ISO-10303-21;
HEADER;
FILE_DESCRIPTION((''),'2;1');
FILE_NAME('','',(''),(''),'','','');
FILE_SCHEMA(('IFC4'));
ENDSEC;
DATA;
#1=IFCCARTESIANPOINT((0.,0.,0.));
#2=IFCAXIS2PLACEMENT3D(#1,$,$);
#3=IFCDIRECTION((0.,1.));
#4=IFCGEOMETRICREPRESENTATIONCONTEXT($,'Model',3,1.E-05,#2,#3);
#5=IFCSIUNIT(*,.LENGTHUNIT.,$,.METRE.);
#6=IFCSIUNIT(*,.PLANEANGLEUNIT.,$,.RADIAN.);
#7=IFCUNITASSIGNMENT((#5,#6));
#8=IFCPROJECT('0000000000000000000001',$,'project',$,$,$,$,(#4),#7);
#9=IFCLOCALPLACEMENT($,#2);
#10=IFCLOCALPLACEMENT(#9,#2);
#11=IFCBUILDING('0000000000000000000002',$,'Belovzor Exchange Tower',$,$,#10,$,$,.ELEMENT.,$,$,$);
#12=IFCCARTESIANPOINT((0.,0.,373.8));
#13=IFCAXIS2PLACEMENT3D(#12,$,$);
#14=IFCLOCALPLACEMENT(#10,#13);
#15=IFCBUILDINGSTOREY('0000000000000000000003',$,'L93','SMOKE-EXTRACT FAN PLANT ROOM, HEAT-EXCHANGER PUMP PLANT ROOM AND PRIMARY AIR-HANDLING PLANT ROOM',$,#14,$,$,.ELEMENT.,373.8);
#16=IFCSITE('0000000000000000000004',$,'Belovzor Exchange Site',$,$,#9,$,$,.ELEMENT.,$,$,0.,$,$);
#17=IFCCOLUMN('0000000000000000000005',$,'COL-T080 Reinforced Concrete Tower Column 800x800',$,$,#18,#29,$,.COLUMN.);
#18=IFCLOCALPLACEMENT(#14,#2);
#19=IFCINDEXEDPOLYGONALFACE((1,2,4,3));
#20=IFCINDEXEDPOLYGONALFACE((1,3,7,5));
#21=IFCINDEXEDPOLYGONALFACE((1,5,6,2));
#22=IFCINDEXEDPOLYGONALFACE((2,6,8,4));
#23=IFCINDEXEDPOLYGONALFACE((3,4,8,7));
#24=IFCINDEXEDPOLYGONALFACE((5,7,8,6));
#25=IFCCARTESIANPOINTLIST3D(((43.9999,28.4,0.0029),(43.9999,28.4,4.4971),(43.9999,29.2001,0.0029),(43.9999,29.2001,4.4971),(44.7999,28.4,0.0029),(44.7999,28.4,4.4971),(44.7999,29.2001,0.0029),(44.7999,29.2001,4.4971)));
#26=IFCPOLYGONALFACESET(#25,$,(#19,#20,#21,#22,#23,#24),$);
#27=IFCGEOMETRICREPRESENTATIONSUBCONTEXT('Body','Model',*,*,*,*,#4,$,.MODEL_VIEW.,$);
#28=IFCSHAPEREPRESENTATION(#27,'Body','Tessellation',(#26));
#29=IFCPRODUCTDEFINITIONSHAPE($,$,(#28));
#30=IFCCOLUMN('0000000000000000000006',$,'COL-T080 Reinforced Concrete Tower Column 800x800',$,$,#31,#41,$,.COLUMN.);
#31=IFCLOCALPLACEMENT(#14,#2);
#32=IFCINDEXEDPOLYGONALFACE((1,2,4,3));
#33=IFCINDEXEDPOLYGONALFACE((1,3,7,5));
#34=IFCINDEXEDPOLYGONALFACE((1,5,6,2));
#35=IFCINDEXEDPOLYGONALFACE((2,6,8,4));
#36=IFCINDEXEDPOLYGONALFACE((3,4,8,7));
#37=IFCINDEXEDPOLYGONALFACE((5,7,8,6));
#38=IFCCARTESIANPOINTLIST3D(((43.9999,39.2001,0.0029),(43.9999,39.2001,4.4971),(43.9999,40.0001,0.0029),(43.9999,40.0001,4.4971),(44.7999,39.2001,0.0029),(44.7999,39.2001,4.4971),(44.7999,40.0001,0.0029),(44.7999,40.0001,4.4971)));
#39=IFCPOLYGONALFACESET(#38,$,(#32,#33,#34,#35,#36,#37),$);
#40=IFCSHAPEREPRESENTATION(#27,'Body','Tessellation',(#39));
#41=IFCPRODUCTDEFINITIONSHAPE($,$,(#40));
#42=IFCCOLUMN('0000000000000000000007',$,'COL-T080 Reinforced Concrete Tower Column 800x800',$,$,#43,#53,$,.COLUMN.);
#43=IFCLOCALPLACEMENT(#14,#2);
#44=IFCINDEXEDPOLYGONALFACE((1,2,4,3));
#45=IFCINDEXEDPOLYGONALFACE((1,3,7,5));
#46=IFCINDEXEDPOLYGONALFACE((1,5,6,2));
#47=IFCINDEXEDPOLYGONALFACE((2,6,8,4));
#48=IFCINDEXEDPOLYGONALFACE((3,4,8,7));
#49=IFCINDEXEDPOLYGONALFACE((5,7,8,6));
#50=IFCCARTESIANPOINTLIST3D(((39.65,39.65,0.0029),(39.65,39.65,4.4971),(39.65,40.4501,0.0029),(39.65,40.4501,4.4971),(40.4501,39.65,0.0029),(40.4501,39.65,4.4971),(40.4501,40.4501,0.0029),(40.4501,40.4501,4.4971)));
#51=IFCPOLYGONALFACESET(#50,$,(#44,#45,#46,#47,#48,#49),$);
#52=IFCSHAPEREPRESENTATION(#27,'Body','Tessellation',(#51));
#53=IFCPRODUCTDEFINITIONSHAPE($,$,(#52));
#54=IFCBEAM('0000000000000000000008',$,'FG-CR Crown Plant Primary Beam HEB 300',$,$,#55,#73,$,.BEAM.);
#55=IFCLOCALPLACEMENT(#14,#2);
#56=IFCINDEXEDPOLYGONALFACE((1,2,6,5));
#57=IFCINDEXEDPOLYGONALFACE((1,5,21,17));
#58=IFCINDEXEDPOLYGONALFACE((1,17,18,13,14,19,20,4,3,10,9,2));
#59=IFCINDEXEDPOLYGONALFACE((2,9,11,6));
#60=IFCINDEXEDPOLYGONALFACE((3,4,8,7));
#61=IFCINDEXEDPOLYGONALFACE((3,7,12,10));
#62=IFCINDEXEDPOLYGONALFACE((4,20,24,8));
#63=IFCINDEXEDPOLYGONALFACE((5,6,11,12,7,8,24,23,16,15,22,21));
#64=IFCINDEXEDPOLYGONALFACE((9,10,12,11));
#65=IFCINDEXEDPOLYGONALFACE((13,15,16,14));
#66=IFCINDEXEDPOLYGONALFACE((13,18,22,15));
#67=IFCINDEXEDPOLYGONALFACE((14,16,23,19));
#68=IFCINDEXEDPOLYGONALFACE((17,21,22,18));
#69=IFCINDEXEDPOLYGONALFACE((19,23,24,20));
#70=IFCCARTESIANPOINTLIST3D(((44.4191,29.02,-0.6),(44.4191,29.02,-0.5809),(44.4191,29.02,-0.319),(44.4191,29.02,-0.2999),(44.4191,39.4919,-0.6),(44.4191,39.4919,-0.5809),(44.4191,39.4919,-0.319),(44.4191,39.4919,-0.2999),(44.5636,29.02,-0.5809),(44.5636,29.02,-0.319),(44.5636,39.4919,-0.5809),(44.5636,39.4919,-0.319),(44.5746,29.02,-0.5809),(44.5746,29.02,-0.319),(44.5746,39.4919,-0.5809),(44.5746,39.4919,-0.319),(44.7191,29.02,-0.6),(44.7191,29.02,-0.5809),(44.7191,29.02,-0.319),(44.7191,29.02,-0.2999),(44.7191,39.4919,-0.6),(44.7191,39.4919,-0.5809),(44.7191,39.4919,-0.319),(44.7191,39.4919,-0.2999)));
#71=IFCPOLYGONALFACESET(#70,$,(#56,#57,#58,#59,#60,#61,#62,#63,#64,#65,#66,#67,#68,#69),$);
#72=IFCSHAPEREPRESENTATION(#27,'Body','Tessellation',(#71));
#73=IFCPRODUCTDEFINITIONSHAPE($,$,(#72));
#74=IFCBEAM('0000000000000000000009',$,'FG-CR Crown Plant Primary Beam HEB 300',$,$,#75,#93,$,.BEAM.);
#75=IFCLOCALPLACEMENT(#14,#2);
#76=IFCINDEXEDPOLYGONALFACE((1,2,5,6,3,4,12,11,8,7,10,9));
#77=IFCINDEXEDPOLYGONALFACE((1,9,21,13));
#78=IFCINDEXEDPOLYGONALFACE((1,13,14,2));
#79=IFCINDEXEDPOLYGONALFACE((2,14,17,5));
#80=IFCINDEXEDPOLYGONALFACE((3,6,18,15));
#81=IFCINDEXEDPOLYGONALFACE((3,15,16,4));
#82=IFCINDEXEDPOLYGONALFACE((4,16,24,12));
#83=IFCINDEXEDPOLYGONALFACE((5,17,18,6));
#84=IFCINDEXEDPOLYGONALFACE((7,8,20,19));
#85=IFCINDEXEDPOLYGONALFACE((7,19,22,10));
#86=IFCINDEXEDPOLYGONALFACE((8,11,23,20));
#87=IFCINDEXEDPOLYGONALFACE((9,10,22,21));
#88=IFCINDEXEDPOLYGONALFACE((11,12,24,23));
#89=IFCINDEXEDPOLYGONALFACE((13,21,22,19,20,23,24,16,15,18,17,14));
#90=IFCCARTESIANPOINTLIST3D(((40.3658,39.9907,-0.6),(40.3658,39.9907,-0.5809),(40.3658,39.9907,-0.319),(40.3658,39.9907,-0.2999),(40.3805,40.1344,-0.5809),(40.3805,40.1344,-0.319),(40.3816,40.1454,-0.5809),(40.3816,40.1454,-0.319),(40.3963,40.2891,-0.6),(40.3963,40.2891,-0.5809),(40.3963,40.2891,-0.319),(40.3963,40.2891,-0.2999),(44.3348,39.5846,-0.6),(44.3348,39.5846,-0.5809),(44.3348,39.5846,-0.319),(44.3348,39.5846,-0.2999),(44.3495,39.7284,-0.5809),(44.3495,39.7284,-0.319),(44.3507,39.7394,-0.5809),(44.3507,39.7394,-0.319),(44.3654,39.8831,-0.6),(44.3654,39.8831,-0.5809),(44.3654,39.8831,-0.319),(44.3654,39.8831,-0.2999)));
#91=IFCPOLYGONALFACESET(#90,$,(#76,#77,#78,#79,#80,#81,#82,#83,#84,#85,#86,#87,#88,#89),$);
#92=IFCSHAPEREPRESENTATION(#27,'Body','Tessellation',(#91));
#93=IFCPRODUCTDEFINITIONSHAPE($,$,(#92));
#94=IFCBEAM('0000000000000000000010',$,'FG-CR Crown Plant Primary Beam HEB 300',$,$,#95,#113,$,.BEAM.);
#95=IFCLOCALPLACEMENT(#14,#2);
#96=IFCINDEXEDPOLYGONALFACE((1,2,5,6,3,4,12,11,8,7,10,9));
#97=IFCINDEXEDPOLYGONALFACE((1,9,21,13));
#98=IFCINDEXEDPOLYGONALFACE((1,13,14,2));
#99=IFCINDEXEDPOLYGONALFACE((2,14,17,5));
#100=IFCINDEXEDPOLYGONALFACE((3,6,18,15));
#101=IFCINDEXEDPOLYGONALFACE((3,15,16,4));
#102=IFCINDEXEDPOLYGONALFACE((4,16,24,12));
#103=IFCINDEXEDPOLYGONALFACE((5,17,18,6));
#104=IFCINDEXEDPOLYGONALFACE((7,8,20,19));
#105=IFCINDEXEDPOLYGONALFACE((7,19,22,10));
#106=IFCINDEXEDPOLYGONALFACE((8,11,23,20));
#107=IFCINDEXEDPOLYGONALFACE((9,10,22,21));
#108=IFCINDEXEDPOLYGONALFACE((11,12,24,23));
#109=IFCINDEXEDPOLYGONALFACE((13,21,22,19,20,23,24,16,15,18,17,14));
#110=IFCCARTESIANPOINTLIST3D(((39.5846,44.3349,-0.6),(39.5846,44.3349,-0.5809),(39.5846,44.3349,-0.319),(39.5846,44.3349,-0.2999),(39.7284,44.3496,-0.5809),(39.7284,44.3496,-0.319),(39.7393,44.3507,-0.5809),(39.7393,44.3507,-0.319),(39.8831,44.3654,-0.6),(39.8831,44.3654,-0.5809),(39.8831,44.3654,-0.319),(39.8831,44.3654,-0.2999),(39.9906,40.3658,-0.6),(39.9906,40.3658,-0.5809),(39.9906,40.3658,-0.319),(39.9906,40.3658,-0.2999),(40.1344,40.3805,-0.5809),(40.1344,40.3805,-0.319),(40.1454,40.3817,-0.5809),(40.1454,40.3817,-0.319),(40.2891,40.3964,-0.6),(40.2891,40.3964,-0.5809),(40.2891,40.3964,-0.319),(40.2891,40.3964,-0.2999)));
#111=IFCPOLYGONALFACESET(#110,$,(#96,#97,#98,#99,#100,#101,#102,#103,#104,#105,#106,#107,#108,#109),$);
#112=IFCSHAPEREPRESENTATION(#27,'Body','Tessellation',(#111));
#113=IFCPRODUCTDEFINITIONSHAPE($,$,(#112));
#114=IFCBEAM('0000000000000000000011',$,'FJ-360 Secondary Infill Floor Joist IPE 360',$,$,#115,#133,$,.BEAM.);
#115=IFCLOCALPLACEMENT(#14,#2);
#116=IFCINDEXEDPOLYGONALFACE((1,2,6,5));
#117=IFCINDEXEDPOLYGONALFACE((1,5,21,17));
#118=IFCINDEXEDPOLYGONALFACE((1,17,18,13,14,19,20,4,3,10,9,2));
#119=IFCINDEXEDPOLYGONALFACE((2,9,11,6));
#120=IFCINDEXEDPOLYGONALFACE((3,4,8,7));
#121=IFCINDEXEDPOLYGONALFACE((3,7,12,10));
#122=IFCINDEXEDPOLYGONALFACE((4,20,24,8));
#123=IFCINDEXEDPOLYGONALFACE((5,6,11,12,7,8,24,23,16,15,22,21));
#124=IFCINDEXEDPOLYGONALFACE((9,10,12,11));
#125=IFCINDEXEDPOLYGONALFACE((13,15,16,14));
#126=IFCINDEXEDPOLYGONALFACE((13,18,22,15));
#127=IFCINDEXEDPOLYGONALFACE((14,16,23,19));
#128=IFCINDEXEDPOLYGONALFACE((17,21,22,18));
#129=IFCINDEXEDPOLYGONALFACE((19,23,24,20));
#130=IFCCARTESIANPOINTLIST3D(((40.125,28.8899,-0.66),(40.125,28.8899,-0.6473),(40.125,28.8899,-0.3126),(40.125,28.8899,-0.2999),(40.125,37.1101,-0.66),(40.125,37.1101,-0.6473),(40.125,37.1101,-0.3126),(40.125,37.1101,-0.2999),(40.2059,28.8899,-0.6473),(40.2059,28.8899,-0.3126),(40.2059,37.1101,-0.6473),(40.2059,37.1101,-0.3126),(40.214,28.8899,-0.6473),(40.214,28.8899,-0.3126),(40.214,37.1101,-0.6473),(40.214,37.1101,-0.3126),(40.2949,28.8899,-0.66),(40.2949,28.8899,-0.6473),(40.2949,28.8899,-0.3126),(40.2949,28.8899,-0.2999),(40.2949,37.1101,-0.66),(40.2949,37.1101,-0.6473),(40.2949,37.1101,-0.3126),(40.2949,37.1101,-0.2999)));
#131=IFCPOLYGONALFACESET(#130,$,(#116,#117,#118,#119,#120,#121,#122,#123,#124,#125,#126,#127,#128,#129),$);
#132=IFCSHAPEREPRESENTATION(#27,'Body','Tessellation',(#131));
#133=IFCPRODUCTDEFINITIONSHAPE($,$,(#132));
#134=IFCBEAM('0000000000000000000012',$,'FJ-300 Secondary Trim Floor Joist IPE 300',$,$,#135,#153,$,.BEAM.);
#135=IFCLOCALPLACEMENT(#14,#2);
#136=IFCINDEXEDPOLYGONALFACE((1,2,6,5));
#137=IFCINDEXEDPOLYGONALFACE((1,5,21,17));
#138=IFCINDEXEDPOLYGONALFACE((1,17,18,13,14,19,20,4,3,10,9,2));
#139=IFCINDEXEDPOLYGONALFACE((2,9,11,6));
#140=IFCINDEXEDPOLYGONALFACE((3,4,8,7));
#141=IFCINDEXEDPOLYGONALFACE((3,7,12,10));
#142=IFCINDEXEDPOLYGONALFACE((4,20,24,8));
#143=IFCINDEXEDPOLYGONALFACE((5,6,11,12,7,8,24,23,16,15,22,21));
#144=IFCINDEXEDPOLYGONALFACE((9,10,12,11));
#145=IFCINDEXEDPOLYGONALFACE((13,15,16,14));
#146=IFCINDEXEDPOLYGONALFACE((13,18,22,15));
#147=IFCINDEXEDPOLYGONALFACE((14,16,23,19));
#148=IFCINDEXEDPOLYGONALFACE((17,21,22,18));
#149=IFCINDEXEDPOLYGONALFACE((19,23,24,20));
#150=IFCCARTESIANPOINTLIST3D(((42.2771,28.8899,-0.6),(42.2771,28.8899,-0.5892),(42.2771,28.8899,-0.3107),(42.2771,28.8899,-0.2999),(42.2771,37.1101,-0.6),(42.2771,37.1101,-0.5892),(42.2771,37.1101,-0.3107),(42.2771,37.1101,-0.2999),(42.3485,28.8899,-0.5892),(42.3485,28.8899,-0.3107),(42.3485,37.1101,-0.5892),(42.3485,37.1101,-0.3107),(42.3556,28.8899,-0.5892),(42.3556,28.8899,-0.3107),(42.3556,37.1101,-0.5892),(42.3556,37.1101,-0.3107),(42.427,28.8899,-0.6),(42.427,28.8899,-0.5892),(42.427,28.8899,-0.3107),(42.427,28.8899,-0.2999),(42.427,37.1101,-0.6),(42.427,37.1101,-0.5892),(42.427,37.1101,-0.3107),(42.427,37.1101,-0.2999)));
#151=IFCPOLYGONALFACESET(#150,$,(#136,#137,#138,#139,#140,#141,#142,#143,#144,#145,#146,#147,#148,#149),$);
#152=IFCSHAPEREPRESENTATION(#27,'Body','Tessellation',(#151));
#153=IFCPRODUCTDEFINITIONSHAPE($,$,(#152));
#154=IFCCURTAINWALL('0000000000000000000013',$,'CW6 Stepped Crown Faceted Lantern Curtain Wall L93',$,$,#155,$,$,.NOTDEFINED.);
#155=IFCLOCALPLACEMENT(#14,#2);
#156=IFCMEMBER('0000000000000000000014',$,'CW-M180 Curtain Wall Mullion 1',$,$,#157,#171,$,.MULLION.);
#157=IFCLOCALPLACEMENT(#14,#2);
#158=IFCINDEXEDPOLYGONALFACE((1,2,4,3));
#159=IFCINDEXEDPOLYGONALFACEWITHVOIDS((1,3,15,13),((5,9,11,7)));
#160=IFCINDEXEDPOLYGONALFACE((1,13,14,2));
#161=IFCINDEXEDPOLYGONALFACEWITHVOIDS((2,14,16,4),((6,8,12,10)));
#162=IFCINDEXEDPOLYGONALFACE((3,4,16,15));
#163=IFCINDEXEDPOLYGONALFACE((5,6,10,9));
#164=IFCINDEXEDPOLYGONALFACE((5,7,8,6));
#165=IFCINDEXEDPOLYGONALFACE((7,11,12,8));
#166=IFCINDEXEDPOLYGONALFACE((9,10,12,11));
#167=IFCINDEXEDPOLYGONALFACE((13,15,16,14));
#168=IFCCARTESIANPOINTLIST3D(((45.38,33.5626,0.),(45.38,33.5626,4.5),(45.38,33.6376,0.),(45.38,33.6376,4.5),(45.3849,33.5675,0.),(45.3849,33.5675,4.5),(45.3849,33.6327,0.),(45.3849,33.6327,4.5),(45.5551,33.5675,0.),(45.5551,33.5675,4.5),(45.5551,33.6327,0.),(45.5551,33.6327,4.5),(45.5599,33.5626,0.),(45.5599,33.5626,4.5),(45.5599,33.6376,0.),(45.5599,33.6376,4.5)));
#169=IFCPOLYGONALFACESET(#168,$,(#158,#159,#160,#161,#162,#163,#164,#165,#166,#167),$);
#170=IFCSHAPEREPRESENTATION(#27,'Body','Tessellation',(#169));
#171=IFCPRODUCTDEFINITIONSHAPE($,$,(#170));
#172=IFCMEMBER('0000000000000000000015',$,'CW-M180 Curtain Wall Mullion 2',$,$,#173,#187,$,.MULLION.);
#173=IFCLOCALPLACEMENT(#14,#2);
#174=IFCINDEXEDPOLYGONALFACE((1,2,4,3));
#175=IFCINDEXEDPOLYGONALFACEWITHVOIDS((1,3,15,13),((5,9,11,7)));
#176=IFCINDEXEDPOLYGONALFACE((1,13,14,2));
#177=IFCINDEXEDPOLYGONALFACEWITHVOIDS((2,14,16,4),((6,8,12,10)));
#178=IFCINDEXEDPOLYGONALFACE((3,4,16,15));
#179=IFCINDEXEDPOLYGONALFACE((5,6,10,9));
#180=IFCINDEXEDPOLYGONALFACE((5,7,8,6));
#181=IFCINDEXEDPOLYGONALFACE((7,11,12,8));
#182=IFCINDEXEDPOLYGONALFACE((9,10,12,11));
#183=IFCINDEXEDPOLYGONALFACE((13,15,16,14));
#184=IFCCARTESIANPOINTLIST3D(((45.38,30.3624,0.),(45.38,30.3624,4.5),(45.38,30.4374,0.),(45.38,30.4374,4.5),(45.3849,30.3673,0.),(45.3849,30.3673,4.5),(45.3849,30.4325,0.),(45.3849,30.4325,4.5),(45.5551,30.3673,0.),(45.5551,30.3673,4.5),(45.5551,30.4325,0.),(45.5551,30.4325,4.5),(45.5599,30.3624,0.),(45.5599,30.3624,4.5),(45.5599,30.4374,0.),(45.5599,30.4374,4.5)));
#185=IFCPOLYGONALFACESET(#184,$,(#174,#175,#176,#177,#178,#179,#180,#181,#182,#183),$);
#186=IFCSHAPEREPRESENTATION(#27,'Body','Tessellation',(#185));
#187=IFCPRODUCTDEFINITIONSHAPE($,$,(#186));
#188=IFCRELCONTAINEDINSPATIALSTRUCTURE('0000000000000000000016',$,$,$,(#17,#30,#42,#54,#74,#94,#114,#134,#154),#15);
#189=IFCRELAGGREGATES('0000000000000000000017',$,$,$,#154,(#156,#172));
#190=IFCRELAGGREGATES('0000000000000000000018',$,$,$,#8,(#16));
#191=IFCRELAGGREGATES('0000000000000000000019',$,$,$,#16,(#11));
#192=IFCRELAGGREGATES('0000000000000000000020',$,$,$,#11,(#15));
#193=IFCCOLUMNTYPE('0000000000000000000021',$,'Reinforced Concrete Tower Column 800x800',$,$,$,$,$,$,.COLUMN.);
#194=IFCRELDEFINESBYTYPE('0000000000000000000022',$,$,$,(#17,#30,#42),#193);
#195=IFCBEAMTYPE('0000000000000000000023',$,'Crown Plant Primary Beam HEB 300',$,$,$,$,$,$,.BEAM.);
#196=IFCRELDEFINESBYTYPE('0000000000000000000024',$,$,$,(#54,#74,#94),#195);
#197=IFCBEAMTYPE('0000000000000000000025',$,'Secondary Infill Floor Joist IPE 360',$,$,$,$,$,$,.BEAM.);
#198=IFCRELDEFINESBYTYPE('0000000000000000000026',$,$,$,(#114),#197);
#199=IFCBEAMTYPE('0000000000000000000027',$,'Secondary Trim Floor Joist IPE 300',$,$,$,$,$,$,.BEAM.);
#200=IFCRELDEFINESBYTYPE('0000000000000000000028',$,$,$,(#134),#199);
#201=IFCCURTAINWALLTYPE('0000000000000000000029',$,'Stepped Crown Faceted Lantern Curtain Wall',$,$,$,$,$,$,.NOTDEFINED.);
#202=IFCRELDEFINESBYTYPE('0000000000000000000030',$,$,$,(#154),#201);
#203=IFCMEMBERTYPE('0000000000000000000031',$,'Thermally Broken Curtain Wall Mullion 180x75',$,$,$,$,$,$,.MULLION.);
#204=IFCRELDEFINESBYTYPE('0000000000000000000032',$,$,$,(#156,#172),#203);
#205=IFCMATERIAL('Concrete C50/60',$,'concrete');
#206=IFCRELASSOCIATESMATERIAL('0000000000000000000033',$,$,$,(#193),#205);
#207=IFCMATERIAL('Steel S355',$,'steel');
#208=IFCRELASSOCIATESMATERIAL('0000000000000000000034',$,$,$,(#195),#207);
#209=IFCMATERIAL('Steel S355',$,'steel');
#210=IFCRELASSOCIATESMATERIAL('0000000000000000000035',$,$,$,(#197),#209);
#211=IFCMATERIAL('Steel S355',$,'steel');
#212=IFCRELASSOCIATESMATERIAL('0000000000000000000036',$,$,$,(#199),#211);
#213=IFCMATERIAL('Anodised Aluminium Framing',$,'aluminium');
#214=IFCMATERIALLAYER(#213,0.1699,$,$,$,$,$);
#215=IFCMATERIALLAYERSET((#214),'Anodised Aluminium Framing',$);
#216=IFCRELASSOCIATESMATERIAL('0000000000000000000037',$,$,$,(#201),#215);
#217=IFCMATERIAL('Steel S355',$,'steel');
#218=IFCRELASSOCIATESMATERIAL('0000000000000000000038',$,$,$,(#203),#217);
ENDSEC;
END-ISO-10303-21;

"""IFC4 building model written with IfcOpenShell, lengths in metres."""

from ifc_helpers import new_model, si_unit, direction, frame, origin, origin_2d, place, context, subcontext, project, spatial, rectangle, hollow_rectangle, i_section, extrude, material, layer, layer_set, material_profile, profile_set, type_object, element, aggregate, save


model = new_model("IFC4")

# Units and contexts
model_context = context("Model", 3, precision=1e-05, world=origin(), true_north=direction((0.0, 1.0)))
body_context = subcontext(model_context, "Body", "Model", "MODEL_VIEW")
ifc_project = project(units=[si_unit("LENGTHUNIT", "METRE"), si_unit("PLANEANGLEUNIT", "RADIAN")], contexts=[model_context])

# Site, building, storey
site_placement = place(None, origin())
site = spatial("IfcSite", under=ifc_project, at=site_placement, Name="Belovzor Exchange Site", CompositionType="ELEMENT", RefElevation=0.0)
building_placement = place(site_placement, origin())
building = spatial("IfcBuilding", under=site, at=building_placement, Name="Belovzor Exchange Tower", CompositionType="ELEMENT")
storey_placement = place(building_placement, frame((0.0, 0.0, 373.8)))
storey = spatial("IfcBuildingStorey", under=building, at=storey_placement, Name="L93", Description="SMOKE-EXTRACT FAN PLANT ROOM, HEAT-EXCHANGER PUMP PLANT ROOM AND PRIMARY AIR-HANDLING PLANT ROOM", CompositionType="ELEMENT", Elevation=373.8)

# Columns
ifc_material_1 = material(Name="Concrete C50/60", Category="concrete")
ifc_material_profile_1 = material_profile(ifc_material_1, rectangle(XDim=0.8, YDim=0.8, at=origin_2d()))
ifc_profile_set_1 = profile_set([ifc_material_profile_1], Name="Concrete C50/60")
column_type = type_object("IfcColumnType", Name="Reinforced Concrete Tower Column 800x800", PredefinedType="COLUMN", material=ifc_profile_set_1)
for number, where, z_axis, x_axis, name in (
    (1, (44.3999, 28.8, 0.0029), (0.0, 0.0, 1.0), (1.0, 0.0, 0.0), "COL-T080 Reinforced Concrete Tower Column 800x800"),
    (2, (44.3999, 39.6001, 0.0029), (0.0, 0.0, 1.0), (1.0, 0.0, 0.0), "COL-T080 Reinforced Concrete Tower Column 800x800"),
    (3, (40.05, 40.05, 0.0029), (0.0, 0.0, 1.0), (1.0, 0.0, 0.0), "COL-T080 Reinforced Concrete Tower Column 800x800"),
):
    element("IfcColumn", number, at=place(storey_placement, frame(where, z_axis=z_axis, x_axis=x_axis)), inside=storey, type_object=column_type, Name=name, PredefinedType="COLUMN", context=body_context, shape_type="SweptSolid", body=[
        extrude(rectangle(XDim=0.8, YDim=0.8, at=origin_2d()), origin(), (0.0, 0.0, 1.0), 4.4941),
    ])

# Beams
ifc_material_2 = material(Name="Steel S355", Category="steel")
ifc_material_profile_2 = material_profile(ifc_material_2, i_section(OverallWidth=0.3, OverallDepth=0.3, WebThickness=0.011, FlangeThickness=0.019, at=origin_2d()))
ifc_profile_set_2 = profile_set([ifc_material_profile_2], Name="Steel S355")
beam_type_1 = type_object("IfcBeamType", Name="Crown Plant Primary Beam HEB 300", PredefinedType="BEAM", material=ifc_profile_set_2)
beam_1_placement = place(storey_placement, frame((44.5691, 29.02, -0.45), z_axis=(0.0, 1.0, 0.0), x_axis=(-1.0, 0.0, 0.0)))
element("IfcBeam", 4, at=beam_1_placement, inside=storey, type_object=beam_type_1, Name="FG-CR Crown Plant Primary Beam HEB 300", PredefinedType="BEAM", context=body_context, shape_type="SweptSolid", body=[
    extrude(i_section(OverallWidth=0.3, OverallDepth=0.3, WebThickness=0.011, FlangeThickness=0.019, at=origin_2d()), origin(), (0.0, 0.0, 1.0), 10.4719),
])
for number, where, z_axis, x_axis, name in (
    (5, (44.3501, 39.7339, -0.45), (-0.994809, 0.101763, 0.0), (-0.101763, -0.994809, 0.0), "FG-CR Crown Plant Primary Beam HEB 300"),
    (6, (40.1399, 40.3811, -0.45), (-0.101763, 0.994809, 0.0), (-0.994809, -0.101763, 0.0), "FG-CR Crown Plant Primary Beam HEB 300"),
):
    element("IfcBeam", number, at=place(storey_placement, frame(where, z_axis=z_axis, x_axis=x_axis)), inside=storey, type_object=beam_type_1, Name=name, PredefinedType="BEAM", context=body_context, shape_type="SweptSolid", body=[
        extrude(i_section(OverallWidth=0.3, OverallDepth=0.3, WebThickness=0.011, FlangeThickness=0.019, at=origin_2d()), origin(), (0.0, 0.0, 1.0), 3.9897),
    ])
ifc_material_3 = material(Name="Steel S355", Category="steel")
ifc_material_profile_3 = material_profile(ifc_material_3, i_section(OverallWidth=0.1699, OverallDepth=0.3601, WebThickness=0.0081, FlangeThickness=0.0127, at=origin_2d()))
ifc_profile_set_3 = profile_set([ifc_material_profile_3], Name="Steel S355")
beam_type_2 = type_object("IfcBeamType", Name="Secondary Infill Floor Joist IPE 360", PredefinedType="BEAM", material=ifc_profile_set_3)
beam_2_placement = place(storey_placement, frame((40.21, 28.8899, -0.48), z_axis=(0.0, 1.0, 0.0), x_axis=(-1.0, 0.0, 0.0)))
element("IfcBeam", 7, at=beam_2_placement, inside=storey, type_object=beam_type_2, Name="FJ-360 Secondary Infill Floor Joist IPE 360", PredefinedType="BEAM", context=body_context, shape_type="SweptSolid", body=[
    extrude(i_section(OverallWidth=0.1699, OverallDepth=0.3601, WebThickness=0.0081, FlangeThickness=0.0127, at=origin_2d()), origin(), (0.0, 0.0, 1.0), 8.2202),
])
ifc_material_4 = material(Name="Steel S355", Category="steel")
ifc_material_profile_4 = material_profile(ifc_material_4, i_section(OverallWidth=0.1499, OverallDepth=0.3, WebThickness=0.0071, FlangeThickness=0.0107, at=origin_2d()))
ifc_profile_set_4 = profile_set([ifc_material_profile_4], Name="Steel S355")
beam_type_3 = type_object("IfcBeamType", Name="Secondary Trim Floor Joist IPE 300", PredefinedType="BEAM", material=ifc_profile_set_4)
beam_3_placement = place(storey_placement, frame((42.3521, 28.8899, -0.45), z_axis=(0.0, 1.0, 0.0), x_axis=(-1.0, 0.0, 0.0)))
element("IfcBeam", 8, at=beam_3_placement, inside=storey, type_object=beam_type_3, Name="FJ-300 Secondary Trim Floor Joist IPE 300", PredefinedType="BEAM", context=body_context, shape_type="SweptSolid", body=[
    extrude(i_section(OverallWidth=0.1499, OverallDepth=0.3, WebThickness=0.0071, FlangeThickness=0.0107, at=origin_2d()), origin(), (0.0, 0.0, 1.0), 8.2202),
])

# Curtain wall, members
ifc_material_5 = material(Name="Anodised Aluminium Framing", Category="aluminium")
ifc_layer_1 = layer(ifc_material_5, 0.1699)
ifc_layer_set_1 = layer_set([ifc_layer_1], Name="Anodised Aluminium Framing")
curtain_wall_type = type_object("IfcCurtainWallType", Name="Stepped Crown Faceted Lantern Curtain Wall", PredefinedType="NOTDEFINED", material=ifc_layer_set_1)
curtain_wall_placement = place(storey_placement, origin())
curtain_wall = element("IfcCurtainWall", 9, at=curtain_wall_placement, inside=storey, type_object=curtain_wall_type, Name="CW6 Stepped Crown Faceted Lantern Curtain Wall L93", PredefinedType="NOTDEFINED")
ifc_material_6 = material(Name="Steel S355", Category="steel")
ifc_material_profile_5 = material_profile(ifc_material_6, hollow_rectangle(XDim=0.075, YDim=0.1799, WallThickness=0.0049, at=origin_2d()))
ifc_profile_set_5 = profile_set([ifc_material_profile_5], Name="Steel S355")
member_type_1 = type_object("IfcMemberType", Name="Thermally Broken Curtain Wall Mullion 180x75", PredefinedType="MULLION", material=ifc_profile_set_5)
member_1_placement = place(storey_placement, frame((45.47, 33.6001, 0.0), z_axis=(0.0, 0.0, 1.0), x_axis=(0.0, -1.0, 0.0)))
member_1 = element("IfcMember", 10, at=member_1_placement, type_object=member_type_1, Name="CW-M180 Curtain Wall Mullion 1", PredefinedType="MULLION", context=body_context, shape_type="SweptSolid", body=[
    extrude(hollow_rectangle(XDim=0.075, YDim=0.1799, WallThickness=0.0049, at=origin_2d()), origin(), (0.0, 0.0, 1.0), 4.5),
])
member_2_placement = place(storey_placement, frame((45.47, 30.3999, 0.0), z_axis=(0.0, 0.0, 1.0), x_axis=(0.0, -1.0, 0.0)))
member_2 = element("IfcMember", 11, at=member_2_placement, type_object=member_type_1, Name="CW-M180 Curtain Wall Mullion 2", PredefinedType="MULLION", context=body_context, shape_type="SweptSolid", body=[
    extrude(hollow_rectangle(XDim=0.075, YDim=0.1799, WallThickness=0.0049, at=origin_2d()), origin(), (0.0, 0.0, 1.0), 4.5),
])

aggregate(curtain_wall, [member_1, member_2])

save(model, "model.ifc")
